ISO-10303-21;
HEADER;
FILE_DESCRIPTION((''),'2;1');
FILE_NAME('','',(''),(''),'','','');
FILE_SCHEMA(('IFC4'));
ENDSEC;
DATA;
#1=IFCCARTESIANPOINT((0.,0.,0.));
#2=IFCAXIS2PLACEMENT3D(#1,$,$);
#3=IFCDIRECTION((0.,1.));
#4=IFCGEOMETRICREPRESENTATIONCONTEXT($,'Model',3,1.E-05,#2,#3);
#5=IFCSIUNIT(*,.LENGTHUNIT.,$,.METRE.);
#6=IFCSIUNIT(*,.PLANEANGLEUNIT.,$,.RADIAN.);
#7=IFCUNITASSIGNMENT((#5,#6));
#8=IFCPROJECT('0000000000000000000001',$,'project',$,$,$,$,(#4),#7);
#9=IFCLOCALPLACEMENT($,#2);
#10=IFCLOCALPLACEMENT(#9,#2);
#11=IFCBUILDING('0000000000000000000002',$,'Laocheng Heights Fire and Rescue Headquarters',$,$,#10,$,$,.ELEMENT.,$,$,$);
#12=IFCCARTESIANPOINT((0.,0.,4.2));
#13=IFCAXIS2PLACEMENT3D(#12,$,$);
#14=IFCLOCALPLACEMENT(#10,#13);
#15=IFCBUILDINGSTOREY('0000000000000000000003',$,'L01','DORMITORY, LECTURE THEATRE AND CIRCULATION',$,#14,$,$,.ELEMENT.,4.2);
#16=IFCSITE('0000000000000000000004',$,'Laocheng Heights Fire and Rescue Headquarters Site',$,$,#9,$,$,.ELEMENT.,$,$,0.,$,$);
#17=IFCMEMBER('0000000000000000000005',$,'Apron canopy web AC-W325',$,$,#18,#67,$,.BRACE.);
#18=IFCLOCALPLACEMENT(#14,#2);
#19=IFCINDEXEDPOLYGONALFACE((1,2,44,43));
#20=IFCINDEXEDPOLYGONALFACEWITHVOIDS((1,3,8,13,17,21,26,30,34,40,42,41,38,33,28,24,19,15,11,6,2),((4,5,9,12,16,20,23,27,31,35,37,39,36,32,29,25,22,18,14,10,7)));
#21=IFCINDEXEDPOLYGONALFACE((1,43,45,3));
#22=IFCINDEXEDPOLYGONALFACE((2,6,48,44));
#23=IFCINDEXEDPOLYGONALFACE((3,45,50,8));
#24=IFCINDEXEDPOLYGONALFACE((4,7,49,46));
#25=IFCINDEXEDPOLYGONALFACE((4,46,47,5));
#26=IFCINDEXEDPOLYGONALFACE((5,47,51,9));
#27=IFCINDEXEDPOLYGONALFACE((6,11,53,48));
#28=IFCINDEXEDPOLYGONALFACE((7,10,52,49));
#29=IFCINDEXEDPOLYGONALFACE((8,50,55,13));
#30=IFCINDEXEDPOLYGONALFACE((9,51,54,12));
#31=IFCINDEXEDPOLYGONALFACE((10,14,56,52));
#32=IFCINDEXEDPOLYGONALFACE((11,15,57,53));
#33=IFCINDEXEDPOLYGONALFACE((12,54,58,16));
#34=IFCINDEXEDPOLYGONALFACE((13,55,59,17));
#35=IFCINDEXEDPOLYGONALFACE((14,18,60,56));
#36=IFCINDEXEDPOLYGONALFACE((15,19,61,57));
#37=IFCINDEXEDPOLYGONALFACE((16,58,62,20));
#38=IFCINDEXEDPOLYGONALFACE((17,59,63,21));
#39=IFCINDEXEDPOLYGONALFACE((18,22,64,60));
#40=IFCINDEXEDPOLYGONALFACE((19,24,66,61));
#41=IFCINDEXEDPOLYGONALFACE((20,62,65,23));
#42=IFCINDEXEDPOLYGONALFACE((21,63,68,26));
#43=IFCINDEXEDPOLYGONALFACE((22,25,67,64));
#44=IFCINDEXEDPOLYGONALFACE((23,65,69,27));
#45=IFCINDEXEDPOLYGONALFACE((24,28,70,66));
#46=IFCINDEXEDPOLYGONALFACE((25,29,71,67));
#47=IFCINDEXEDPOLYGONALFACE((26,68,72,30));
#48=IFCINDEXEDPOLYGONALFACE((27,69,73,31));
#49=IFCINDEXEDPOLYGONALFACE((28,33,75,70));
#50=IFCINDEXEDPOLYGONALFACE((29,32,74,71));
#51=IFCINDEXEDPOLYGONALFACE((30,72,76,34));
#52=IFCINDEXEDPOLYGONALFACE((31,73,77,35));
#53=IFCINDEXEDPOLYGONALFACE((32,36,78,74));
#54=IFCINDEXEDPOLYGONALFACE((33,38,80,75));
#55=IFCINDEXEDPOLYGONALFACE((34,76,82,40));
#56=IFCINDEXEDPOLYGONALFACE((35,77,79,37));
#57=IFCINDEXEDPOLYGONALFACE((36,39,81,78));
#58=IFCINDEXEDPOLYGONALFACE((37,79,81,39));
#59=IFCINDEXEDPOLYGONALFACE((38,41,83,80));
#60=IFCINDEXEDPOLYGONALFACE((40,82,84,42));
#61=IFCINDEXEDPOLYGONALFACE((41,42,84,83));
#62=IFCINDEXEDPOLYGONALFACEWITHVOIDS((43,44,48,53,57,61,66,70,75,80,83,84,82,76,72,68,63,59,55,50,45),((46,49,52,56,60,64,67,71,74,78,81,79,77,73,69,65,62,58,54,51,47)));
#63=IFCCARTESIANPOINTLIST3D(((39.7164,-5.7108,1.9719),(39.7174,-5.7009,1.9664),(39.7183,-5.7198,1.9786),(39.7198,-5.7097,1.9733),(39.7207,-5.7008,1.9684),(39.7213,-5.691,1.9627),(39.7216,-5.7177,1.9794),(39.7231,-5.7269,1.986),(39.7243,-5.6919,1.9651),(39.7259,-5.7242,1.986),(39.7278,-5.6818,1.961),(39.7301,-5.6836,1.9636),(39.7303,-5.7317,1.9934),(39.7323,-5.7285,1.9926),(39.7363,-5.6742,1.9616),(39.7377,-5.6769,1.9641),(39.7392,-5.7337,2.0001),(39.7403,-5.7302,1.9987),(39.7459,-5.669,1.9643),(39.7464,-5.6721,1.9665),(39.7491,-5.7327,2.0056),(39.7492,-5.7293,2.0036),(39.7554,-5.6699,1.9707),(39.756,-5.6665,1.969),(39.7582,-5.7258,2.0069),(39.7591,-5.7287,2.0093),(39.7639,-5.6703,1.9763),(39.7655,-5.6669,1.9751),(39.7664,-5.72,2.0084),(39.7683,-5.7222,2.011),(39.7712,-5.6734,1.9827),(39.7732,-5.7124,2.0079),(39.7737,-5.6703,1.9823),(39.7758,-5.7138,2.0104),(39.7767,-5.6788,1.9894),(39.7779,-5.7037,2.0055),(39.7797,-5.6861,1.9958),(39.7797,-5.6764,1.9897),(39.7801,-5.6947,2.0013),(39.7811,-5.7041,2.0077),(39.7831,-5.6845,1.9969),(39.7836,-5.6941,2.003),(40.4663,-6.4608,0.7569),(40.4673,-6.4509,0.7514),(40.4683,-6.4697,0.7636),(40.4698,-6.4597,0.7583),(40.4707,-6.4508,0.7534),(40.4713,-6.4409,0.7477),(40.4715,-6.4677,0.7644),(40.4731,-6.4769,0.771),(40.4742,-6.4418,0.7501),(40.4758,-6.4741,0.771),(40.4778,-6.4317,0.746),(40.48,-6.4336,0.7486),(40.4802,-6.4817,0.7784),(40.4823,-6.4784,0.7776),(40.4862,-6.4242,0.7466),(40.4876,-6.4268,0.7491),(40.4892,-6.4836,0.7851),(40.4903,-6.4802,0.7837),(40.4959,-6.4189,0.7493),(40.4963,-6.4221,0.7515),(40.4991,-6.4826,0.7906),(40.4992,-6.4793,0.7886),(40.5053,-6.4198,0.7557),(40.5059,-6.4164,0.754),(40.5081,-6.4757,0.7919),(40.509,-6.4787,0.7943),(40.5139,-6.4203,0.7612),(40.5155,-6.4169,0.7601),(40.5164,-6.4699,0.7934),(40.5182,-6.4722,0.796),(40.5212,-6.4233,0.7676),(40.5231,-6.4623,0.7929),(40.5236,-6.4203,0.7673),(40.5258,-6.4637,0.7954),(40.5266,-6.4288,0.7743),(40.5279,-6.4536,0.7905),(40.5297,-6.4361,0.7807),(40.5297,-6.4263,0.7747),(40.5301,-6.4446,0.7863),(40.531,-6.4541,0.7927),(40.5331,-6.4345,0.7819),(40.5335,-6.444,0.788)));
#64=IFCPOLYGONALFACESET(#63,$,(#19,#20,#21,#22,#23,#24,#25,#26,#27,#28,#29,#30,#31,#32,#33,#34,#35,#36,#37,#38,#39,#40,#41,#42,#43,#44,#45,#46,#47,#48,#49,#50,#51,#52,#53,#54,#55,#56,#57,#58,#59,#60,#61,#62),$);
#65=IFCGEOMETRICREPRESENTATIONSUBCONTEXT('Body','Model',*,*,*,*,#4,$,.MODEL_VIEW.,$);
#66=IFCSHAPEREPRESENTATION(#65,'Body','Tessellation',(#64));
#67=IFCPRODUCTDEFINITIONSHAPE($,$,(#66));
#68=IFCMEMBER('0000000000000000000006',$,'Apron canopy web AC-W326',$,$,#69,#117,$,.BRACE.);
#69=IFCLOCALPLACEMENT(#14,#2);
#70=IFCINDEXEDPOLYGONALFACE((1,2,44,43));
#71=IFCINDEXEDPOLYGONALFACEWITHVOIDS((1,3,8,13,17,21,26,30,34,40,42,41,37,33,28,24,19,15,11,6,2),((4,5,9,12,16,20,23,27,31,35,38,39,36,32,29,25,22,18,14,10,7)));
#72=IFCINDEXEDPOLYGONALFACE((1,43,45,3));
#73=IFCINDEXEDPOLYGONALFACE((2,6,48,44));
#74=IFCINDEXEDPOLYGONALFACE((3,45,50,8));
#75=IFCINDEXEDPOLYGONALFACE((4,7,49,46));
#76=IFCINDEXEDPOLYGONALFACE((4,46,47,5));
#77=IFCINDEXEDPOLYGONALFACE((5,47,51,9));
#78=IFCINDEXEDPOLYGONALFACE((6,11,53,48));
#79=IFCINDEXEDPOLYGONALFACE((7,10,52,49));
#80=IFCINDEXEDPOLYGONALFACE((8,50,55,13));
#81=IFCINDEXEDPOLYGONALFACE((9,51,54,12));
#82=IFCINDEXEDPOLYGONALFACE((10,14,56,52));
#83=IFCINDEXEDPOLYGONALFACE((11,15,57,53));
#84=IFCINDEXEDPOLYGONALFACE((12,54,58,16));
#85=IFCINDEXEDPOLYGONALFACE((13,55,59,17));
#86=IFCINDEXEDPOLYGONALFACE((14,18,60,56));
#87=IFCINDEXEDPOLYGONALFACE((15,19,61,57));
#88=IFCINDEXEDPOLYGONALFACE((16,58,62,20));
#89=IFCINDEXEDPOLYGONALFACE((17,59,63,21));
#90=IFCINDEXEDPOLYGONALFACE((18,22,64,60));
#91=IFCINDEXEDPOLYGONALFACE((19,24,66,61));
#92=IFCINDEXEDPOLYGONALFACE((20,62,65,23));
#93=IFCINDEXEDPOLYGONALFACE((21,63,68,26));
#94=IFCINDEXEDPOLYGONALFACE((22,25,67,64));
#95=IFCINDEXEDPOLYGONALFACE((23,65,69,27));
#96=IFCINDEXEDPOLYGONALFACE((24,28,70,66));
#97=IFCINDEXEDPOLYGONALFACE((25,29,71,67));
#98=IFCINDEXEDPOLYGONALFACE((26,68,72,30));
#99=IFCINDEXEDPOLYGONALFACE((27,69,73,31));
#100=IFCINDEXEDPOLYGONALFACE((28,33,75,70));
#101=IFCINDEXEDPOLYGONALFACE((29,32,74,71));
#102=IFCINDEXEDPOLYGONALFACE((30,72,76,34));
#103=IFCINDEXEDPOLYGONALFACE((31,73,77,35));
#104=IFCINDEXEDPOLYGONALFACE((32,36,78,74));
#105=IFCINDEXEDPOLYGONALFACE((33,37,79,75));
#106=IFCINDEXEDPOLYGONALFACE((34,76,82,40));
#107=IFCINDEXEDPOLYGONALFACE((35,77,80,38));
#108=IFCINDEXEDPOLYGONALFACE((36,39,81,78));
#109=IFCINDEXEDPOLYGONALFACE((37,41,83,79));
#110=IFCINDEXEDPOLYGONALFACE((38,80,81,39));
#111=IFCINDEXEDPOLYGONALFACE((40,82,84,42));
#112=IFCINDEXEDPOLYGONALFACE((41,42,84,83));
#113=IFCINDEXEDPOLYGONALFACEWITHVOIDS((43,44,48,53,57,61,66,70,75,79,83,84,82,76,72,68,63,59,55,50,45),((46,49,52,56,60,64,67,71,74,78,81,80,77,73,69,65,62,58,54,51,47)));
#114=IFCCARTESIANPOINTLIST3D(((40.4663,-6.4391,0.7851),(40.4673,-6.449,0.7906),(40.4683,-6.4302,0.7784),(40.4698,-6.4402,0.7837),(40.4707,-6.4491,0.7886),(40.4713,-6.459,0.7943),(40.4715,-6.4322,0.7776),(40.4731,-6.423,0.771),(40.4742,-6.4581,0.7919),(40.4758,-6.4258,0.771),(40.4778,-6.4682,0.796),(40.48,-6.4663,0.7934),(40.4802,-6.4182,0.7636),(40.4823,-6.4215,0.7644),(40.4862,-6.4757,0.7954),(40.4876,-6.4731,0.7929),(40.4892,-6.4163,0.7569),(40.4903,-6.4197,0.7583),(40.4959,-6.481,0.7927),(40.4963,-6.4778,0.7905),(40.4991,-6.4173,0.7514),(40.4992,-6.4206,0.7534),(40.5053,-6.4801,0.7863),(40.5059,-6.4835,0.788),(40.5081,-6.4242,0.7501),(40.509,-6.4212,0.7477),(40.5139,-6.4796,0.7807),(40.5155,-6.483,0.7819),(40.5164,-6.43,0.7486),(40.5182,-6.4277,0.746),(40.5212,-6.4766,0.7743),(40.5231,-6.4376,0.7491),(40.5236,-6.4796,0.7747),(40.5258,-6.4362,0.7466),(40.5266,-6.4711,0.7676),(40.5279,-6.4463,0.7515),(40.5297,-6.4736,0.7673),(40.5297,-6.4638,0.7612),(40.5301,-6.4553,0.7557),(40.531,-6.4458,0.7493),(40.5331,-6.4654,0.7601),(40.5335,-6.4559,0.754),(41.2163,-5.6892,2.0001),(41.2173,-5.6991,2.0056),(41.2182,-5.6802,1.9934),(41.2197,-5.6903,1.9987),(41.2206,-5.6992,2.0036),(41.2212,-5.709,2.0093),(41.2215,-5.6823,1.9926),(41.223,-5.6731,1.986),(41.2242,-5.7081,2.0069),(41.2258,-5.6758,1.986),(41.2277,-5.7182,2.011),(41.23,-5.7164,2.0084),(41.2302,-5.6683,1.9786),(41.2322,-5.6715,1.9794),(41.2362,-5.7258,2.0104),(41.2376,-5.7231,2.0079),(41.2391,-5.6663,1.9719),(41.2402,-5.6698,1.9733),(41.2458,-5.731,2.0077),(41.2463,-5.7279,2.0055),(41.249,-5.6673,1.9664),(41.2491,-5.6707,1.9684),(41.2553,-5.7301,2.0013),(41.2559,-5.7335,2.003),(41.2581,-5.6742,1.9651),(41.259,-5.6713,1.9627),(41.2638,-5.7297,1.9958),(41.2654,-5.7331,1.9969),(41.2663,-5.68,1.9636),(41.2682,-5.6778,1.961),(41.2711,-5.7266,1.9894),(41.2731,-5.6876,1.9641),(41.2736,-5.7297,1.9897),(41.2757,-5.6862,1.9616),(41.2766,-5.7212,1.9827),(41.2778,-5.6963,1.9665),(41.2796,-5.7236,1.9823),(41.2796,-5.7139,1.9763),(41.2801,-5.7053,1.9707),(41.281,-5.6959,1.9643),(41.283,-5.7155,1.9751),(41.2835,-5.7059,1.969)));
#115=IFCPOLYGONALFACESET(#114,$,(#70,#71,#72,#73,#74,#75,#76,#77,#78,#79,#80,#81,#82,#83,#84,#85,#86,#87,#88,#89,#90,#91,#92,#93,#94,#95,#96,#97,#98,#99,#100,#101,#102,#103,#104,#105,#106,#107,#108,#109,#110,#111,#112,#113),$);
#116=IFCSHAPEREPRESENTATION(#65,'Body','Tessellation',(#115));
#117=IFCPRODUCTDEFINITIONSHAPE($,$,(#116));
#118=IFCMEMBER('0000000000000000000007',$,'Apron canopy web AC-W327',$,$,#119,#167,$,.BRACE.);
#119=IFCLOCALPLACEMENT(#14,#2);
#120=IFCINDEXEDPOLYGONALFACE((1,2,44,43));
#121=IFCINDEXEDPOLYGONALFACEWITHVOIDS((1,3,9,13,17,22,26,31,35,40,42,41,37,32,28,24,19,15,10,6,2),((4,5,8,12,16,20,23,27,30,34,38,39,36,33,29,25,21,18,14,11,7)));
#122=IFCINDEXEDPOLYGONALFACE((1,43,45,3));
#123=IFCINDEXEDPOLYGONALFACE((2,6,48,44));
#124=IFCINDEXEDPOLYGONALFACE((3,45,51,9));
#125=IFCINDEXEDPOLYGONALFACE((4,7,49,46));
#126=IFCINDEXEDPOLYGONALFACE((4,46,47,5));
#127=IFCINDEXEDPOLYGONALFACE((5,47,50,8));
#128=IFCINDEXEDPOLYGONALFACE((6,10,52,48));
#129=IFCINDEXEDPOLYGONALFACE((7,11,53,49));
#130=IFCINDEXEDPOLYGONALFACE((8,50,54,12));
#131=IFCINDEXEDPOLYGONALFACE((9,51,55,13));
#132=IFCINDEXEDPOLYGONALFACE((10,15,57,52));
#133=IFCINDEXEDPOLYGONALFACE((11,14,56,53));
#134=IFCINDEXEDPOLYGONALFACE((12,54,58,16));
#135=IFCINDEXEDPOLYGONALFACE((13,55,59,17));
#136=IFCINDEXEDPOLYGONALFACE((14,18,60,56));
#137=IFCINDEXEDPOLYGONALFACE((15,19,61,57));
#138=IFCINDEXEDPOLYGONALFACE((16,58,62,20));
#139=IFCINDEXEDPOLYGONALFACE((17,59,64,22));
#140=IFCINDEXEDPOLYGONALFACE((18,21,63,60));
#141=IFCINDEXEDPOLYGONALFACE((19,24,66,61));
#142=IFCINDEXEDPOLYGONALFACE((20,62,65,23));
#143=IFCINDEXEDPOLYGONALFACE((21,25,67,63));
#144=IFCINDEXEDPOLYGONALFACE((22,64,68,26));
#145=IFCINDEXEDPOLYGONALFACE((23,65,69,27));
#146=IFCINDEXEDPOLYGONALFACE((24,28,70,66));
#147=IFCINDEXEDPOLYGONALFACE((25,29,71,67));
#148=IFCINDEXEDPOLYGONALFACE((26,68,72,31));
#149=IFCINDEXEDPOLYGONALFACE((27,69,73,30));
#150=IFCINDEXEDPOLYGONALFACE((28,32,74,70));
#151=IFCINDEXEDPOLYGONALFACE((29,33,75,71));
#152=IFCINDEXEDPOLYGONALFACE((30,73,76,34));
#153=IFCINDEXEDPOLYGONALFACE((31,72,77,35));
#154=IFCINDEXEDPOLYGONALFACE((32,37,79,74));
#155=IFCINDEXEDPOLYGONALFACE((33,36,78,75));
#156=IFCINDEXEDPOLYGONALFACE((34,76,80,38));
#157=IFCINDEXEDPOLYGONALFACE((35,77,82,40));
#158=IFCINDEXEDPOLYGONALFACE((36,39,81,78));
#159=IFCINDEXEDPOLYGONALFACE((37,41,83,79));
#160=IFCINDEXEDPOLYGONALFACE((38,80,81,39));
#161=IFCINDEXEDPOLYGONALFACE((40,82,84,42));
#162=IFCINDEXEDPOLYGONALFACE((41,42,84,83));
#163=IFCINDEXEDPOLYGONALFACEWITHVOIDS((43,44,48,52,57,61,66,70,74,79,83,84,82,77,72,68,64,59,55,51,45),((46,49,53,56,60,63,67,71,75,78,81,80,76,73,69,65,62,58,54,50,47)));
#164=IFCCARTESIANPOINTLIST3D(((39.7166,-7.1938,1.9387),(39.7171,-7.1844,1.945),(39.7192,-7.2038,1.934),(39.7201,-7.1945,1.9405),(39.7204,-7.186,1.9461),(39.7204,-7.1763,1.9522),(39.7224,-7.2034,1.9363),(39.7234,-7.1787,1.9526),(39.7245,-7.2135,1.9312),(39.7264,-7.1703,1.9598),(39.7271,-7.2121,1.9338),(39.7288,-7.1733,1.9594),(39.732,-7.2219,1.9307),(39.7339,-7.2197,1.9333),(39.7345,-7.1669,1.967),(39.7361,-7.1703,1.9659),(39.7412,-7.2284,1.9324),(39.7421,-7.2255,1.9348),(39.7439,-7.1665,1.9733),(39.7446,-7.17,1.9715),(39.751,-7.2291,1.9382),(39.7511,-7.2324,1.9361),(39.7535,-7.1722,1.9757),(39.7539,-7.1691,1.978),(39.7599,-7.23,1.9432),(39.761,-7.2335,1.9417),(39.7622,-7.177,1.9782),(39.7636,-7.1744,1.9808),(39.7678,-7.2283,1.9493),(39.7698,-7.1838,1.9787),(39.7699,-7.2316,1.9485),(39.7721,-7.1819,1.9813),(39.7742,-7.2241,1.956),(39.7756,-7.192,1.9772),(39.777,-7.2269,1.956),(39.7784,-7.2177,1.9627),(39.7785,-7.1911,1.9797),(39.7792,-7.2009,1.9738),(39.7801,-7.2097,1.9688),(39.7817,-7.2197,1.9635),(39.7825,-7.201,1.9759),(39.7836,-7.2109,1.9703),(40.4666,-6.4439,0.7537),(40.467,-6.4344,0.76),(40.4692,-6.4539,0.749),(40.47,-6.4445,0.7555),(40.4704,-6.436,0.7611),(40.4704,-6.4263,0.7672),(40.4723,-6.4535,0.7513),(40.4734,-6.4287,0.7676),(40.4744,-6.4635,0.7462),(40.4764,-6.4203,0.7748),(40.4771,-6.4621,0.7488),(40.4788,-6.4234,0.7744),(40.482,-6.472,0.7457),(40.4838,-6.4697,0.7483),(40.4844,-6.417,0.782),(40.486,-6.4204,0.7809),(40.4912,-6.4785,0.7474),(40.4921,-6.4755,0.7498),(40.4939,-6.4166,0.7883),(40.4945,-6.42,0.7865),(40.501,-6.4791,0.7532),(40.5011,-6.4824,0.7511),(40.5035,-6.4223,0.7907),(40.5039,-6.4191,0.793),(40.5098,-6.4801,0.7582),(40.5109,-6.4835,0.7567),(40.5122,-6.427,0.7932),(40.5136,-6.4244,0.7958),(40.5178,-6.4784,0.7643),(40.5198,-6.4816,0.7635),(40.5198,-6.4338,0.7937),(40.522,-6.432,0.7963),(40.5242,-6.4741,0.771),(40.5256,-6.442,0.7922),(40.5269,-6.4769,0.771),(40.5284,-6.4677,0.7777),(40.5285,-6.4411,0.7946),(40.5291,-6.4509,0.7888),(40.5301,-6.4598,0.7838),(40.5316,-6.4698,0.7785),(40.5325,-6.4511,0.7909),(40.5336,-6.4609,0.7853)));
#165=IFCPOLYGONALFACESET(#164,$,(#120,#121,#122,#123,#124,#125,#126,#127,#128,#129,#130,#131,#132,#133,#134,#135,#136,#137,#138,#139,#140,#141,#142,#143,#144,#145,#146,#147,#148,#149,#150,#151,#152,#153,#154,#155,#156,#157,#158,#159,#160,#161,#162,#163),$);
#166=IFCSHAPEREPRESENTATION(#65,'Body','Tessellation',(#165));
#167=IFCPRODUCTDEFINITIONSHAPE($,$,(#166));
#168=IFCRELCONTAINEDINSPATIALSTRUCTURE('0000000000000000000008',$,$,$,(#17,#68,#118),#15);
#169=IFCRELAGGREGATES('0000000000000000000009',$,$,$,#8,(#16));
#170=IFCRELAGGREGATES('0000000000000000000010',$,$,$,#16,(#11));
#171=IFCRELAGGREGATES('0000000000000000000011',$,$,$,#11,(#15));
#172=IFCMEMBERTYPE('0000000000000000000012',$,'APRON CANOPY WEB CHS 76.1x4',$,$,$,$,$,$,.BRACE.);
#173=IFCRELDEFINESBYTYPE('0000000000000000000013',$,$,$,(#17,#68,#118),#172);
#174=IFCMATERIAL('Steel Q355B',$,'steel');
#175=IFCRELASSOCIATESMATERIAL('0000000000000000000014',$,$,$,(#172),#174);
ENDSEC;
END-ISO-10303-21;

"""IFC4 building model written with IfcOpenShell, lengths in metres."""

from ifc_helpers import new_model, si_unit, direction, frame, origin, origin_2d, place, context, subcontext, project, spatial, hollow_circle, extrude, material, material_profile, profile_set, type_object, element, save


model = new_model("IFC4")

# Units and contexts
model_context = context("Model", 3, precision=1e-05, world=origin(), true_north=direction((0.0, 1.0)))
body_context = subcontext(model_context, "Body", "Model", "MODEL_VIEW")
ifc_project = project(units=[si_unit("LENGTHUNIT", "METRE"), si_unit("PLANEANGLEUNIT", "RADIAN")], contexts=[model_context])

# Site, building, storey
site_placement = place(None, origin())
site = spatial("IfcSite", under=ifc_project, at=site_placement, Name="Laocheng Heights Fire and Rescue Headquarters Site", CompositionType="ELEMENT", RefElevation=0.0)
building_placement = place(site_placement, origin())
building = spatial("IfcBuilding", under=site, at=building_placement, Name="Laocheng Heights Fire and Rescue Headquarters", CompositionType="ELEMENT")
storey_placement = place(building_placement, frame((0.0, 0.0, 4.2)))
storey = spatial("IfcBuildingStorey", under=building, at=storey_placement, Name="L01", Description="DORMITORY, LECTURE THEATRE AND CIRCULATION", CompositionType="ELEMENT", Elevation=4.2)

# Members
ifc_material_1 = material(Name="Steel Q355B", Category="steel")
ifc_material_profile_1 = material_profile(ifc_material_1, hollow_circle(Radius=0.0381, WallThickness=0.0039, at=origin_2d()), Name="CHS 76.1x4")
ifc_profile_set_1 = profile_set([ifc_material_profile_1], Name="Steel Q355B")
member_type_1 = type_object("IfcMemberType", Name="APRON CANOPY WEB CHS 76.1x4", PredefinedType="BRACE", material=ifc_profile_set_1)
for number, where, z_axis, x_axis, name in (
    (1, (40.5, -6.45, 0.771), (-0.465002, 0.465002, 0.753357), (-0.707107, -0.707107, 0.0), "Apron canopy web AC-W325"),
    (2, (40.5, -6.45, 0.771), (0.465002, 0.465002, 0.753357), (-0.707107, 0.707107, 0.0), "Apron canopy web AC-W326"),
):
    element("IfcMember", number, at=place(storey_placement, frame(where, z_axis=z_axis, x_axis=x_axis)), inside=storey, type_object=member_type_1, Name=name, PredefinedType="BRACE", context=body_context, shape_type="SweptSolid", body=[
        extrude(hollow_circle(Radius=0.0381, WallThickness=0.0039, at=origin_2d()), origin(), (0.0, 0.0, 1.0), 1.6128),
    ])
for number, where, z_axis, x_axis, name in (
    (3, (40.5, -6.45, 0.771), (-0.47158, -0.47158, 0.745134), (0.707107, -0.707107, 0.0), "Apron canopy web AC-W327"),
):
    element("IfcMember", number, at=place(storey_placement, frame(where, z_axis=z_axis, x_axis=x_axis)), inside=storey, type_object=member_type_1, Name=name, PredefinedType="BRACE", context=body_context, shape_type="SweptSolid", body=[
        extrude(hollow_circle(Radius=0.0381, WallThickness=0.0039, at=origin_2d()), origin(), (0.0, 0.0, 1.0), 1.5903),
    ])

save(model, "model.ifc")
